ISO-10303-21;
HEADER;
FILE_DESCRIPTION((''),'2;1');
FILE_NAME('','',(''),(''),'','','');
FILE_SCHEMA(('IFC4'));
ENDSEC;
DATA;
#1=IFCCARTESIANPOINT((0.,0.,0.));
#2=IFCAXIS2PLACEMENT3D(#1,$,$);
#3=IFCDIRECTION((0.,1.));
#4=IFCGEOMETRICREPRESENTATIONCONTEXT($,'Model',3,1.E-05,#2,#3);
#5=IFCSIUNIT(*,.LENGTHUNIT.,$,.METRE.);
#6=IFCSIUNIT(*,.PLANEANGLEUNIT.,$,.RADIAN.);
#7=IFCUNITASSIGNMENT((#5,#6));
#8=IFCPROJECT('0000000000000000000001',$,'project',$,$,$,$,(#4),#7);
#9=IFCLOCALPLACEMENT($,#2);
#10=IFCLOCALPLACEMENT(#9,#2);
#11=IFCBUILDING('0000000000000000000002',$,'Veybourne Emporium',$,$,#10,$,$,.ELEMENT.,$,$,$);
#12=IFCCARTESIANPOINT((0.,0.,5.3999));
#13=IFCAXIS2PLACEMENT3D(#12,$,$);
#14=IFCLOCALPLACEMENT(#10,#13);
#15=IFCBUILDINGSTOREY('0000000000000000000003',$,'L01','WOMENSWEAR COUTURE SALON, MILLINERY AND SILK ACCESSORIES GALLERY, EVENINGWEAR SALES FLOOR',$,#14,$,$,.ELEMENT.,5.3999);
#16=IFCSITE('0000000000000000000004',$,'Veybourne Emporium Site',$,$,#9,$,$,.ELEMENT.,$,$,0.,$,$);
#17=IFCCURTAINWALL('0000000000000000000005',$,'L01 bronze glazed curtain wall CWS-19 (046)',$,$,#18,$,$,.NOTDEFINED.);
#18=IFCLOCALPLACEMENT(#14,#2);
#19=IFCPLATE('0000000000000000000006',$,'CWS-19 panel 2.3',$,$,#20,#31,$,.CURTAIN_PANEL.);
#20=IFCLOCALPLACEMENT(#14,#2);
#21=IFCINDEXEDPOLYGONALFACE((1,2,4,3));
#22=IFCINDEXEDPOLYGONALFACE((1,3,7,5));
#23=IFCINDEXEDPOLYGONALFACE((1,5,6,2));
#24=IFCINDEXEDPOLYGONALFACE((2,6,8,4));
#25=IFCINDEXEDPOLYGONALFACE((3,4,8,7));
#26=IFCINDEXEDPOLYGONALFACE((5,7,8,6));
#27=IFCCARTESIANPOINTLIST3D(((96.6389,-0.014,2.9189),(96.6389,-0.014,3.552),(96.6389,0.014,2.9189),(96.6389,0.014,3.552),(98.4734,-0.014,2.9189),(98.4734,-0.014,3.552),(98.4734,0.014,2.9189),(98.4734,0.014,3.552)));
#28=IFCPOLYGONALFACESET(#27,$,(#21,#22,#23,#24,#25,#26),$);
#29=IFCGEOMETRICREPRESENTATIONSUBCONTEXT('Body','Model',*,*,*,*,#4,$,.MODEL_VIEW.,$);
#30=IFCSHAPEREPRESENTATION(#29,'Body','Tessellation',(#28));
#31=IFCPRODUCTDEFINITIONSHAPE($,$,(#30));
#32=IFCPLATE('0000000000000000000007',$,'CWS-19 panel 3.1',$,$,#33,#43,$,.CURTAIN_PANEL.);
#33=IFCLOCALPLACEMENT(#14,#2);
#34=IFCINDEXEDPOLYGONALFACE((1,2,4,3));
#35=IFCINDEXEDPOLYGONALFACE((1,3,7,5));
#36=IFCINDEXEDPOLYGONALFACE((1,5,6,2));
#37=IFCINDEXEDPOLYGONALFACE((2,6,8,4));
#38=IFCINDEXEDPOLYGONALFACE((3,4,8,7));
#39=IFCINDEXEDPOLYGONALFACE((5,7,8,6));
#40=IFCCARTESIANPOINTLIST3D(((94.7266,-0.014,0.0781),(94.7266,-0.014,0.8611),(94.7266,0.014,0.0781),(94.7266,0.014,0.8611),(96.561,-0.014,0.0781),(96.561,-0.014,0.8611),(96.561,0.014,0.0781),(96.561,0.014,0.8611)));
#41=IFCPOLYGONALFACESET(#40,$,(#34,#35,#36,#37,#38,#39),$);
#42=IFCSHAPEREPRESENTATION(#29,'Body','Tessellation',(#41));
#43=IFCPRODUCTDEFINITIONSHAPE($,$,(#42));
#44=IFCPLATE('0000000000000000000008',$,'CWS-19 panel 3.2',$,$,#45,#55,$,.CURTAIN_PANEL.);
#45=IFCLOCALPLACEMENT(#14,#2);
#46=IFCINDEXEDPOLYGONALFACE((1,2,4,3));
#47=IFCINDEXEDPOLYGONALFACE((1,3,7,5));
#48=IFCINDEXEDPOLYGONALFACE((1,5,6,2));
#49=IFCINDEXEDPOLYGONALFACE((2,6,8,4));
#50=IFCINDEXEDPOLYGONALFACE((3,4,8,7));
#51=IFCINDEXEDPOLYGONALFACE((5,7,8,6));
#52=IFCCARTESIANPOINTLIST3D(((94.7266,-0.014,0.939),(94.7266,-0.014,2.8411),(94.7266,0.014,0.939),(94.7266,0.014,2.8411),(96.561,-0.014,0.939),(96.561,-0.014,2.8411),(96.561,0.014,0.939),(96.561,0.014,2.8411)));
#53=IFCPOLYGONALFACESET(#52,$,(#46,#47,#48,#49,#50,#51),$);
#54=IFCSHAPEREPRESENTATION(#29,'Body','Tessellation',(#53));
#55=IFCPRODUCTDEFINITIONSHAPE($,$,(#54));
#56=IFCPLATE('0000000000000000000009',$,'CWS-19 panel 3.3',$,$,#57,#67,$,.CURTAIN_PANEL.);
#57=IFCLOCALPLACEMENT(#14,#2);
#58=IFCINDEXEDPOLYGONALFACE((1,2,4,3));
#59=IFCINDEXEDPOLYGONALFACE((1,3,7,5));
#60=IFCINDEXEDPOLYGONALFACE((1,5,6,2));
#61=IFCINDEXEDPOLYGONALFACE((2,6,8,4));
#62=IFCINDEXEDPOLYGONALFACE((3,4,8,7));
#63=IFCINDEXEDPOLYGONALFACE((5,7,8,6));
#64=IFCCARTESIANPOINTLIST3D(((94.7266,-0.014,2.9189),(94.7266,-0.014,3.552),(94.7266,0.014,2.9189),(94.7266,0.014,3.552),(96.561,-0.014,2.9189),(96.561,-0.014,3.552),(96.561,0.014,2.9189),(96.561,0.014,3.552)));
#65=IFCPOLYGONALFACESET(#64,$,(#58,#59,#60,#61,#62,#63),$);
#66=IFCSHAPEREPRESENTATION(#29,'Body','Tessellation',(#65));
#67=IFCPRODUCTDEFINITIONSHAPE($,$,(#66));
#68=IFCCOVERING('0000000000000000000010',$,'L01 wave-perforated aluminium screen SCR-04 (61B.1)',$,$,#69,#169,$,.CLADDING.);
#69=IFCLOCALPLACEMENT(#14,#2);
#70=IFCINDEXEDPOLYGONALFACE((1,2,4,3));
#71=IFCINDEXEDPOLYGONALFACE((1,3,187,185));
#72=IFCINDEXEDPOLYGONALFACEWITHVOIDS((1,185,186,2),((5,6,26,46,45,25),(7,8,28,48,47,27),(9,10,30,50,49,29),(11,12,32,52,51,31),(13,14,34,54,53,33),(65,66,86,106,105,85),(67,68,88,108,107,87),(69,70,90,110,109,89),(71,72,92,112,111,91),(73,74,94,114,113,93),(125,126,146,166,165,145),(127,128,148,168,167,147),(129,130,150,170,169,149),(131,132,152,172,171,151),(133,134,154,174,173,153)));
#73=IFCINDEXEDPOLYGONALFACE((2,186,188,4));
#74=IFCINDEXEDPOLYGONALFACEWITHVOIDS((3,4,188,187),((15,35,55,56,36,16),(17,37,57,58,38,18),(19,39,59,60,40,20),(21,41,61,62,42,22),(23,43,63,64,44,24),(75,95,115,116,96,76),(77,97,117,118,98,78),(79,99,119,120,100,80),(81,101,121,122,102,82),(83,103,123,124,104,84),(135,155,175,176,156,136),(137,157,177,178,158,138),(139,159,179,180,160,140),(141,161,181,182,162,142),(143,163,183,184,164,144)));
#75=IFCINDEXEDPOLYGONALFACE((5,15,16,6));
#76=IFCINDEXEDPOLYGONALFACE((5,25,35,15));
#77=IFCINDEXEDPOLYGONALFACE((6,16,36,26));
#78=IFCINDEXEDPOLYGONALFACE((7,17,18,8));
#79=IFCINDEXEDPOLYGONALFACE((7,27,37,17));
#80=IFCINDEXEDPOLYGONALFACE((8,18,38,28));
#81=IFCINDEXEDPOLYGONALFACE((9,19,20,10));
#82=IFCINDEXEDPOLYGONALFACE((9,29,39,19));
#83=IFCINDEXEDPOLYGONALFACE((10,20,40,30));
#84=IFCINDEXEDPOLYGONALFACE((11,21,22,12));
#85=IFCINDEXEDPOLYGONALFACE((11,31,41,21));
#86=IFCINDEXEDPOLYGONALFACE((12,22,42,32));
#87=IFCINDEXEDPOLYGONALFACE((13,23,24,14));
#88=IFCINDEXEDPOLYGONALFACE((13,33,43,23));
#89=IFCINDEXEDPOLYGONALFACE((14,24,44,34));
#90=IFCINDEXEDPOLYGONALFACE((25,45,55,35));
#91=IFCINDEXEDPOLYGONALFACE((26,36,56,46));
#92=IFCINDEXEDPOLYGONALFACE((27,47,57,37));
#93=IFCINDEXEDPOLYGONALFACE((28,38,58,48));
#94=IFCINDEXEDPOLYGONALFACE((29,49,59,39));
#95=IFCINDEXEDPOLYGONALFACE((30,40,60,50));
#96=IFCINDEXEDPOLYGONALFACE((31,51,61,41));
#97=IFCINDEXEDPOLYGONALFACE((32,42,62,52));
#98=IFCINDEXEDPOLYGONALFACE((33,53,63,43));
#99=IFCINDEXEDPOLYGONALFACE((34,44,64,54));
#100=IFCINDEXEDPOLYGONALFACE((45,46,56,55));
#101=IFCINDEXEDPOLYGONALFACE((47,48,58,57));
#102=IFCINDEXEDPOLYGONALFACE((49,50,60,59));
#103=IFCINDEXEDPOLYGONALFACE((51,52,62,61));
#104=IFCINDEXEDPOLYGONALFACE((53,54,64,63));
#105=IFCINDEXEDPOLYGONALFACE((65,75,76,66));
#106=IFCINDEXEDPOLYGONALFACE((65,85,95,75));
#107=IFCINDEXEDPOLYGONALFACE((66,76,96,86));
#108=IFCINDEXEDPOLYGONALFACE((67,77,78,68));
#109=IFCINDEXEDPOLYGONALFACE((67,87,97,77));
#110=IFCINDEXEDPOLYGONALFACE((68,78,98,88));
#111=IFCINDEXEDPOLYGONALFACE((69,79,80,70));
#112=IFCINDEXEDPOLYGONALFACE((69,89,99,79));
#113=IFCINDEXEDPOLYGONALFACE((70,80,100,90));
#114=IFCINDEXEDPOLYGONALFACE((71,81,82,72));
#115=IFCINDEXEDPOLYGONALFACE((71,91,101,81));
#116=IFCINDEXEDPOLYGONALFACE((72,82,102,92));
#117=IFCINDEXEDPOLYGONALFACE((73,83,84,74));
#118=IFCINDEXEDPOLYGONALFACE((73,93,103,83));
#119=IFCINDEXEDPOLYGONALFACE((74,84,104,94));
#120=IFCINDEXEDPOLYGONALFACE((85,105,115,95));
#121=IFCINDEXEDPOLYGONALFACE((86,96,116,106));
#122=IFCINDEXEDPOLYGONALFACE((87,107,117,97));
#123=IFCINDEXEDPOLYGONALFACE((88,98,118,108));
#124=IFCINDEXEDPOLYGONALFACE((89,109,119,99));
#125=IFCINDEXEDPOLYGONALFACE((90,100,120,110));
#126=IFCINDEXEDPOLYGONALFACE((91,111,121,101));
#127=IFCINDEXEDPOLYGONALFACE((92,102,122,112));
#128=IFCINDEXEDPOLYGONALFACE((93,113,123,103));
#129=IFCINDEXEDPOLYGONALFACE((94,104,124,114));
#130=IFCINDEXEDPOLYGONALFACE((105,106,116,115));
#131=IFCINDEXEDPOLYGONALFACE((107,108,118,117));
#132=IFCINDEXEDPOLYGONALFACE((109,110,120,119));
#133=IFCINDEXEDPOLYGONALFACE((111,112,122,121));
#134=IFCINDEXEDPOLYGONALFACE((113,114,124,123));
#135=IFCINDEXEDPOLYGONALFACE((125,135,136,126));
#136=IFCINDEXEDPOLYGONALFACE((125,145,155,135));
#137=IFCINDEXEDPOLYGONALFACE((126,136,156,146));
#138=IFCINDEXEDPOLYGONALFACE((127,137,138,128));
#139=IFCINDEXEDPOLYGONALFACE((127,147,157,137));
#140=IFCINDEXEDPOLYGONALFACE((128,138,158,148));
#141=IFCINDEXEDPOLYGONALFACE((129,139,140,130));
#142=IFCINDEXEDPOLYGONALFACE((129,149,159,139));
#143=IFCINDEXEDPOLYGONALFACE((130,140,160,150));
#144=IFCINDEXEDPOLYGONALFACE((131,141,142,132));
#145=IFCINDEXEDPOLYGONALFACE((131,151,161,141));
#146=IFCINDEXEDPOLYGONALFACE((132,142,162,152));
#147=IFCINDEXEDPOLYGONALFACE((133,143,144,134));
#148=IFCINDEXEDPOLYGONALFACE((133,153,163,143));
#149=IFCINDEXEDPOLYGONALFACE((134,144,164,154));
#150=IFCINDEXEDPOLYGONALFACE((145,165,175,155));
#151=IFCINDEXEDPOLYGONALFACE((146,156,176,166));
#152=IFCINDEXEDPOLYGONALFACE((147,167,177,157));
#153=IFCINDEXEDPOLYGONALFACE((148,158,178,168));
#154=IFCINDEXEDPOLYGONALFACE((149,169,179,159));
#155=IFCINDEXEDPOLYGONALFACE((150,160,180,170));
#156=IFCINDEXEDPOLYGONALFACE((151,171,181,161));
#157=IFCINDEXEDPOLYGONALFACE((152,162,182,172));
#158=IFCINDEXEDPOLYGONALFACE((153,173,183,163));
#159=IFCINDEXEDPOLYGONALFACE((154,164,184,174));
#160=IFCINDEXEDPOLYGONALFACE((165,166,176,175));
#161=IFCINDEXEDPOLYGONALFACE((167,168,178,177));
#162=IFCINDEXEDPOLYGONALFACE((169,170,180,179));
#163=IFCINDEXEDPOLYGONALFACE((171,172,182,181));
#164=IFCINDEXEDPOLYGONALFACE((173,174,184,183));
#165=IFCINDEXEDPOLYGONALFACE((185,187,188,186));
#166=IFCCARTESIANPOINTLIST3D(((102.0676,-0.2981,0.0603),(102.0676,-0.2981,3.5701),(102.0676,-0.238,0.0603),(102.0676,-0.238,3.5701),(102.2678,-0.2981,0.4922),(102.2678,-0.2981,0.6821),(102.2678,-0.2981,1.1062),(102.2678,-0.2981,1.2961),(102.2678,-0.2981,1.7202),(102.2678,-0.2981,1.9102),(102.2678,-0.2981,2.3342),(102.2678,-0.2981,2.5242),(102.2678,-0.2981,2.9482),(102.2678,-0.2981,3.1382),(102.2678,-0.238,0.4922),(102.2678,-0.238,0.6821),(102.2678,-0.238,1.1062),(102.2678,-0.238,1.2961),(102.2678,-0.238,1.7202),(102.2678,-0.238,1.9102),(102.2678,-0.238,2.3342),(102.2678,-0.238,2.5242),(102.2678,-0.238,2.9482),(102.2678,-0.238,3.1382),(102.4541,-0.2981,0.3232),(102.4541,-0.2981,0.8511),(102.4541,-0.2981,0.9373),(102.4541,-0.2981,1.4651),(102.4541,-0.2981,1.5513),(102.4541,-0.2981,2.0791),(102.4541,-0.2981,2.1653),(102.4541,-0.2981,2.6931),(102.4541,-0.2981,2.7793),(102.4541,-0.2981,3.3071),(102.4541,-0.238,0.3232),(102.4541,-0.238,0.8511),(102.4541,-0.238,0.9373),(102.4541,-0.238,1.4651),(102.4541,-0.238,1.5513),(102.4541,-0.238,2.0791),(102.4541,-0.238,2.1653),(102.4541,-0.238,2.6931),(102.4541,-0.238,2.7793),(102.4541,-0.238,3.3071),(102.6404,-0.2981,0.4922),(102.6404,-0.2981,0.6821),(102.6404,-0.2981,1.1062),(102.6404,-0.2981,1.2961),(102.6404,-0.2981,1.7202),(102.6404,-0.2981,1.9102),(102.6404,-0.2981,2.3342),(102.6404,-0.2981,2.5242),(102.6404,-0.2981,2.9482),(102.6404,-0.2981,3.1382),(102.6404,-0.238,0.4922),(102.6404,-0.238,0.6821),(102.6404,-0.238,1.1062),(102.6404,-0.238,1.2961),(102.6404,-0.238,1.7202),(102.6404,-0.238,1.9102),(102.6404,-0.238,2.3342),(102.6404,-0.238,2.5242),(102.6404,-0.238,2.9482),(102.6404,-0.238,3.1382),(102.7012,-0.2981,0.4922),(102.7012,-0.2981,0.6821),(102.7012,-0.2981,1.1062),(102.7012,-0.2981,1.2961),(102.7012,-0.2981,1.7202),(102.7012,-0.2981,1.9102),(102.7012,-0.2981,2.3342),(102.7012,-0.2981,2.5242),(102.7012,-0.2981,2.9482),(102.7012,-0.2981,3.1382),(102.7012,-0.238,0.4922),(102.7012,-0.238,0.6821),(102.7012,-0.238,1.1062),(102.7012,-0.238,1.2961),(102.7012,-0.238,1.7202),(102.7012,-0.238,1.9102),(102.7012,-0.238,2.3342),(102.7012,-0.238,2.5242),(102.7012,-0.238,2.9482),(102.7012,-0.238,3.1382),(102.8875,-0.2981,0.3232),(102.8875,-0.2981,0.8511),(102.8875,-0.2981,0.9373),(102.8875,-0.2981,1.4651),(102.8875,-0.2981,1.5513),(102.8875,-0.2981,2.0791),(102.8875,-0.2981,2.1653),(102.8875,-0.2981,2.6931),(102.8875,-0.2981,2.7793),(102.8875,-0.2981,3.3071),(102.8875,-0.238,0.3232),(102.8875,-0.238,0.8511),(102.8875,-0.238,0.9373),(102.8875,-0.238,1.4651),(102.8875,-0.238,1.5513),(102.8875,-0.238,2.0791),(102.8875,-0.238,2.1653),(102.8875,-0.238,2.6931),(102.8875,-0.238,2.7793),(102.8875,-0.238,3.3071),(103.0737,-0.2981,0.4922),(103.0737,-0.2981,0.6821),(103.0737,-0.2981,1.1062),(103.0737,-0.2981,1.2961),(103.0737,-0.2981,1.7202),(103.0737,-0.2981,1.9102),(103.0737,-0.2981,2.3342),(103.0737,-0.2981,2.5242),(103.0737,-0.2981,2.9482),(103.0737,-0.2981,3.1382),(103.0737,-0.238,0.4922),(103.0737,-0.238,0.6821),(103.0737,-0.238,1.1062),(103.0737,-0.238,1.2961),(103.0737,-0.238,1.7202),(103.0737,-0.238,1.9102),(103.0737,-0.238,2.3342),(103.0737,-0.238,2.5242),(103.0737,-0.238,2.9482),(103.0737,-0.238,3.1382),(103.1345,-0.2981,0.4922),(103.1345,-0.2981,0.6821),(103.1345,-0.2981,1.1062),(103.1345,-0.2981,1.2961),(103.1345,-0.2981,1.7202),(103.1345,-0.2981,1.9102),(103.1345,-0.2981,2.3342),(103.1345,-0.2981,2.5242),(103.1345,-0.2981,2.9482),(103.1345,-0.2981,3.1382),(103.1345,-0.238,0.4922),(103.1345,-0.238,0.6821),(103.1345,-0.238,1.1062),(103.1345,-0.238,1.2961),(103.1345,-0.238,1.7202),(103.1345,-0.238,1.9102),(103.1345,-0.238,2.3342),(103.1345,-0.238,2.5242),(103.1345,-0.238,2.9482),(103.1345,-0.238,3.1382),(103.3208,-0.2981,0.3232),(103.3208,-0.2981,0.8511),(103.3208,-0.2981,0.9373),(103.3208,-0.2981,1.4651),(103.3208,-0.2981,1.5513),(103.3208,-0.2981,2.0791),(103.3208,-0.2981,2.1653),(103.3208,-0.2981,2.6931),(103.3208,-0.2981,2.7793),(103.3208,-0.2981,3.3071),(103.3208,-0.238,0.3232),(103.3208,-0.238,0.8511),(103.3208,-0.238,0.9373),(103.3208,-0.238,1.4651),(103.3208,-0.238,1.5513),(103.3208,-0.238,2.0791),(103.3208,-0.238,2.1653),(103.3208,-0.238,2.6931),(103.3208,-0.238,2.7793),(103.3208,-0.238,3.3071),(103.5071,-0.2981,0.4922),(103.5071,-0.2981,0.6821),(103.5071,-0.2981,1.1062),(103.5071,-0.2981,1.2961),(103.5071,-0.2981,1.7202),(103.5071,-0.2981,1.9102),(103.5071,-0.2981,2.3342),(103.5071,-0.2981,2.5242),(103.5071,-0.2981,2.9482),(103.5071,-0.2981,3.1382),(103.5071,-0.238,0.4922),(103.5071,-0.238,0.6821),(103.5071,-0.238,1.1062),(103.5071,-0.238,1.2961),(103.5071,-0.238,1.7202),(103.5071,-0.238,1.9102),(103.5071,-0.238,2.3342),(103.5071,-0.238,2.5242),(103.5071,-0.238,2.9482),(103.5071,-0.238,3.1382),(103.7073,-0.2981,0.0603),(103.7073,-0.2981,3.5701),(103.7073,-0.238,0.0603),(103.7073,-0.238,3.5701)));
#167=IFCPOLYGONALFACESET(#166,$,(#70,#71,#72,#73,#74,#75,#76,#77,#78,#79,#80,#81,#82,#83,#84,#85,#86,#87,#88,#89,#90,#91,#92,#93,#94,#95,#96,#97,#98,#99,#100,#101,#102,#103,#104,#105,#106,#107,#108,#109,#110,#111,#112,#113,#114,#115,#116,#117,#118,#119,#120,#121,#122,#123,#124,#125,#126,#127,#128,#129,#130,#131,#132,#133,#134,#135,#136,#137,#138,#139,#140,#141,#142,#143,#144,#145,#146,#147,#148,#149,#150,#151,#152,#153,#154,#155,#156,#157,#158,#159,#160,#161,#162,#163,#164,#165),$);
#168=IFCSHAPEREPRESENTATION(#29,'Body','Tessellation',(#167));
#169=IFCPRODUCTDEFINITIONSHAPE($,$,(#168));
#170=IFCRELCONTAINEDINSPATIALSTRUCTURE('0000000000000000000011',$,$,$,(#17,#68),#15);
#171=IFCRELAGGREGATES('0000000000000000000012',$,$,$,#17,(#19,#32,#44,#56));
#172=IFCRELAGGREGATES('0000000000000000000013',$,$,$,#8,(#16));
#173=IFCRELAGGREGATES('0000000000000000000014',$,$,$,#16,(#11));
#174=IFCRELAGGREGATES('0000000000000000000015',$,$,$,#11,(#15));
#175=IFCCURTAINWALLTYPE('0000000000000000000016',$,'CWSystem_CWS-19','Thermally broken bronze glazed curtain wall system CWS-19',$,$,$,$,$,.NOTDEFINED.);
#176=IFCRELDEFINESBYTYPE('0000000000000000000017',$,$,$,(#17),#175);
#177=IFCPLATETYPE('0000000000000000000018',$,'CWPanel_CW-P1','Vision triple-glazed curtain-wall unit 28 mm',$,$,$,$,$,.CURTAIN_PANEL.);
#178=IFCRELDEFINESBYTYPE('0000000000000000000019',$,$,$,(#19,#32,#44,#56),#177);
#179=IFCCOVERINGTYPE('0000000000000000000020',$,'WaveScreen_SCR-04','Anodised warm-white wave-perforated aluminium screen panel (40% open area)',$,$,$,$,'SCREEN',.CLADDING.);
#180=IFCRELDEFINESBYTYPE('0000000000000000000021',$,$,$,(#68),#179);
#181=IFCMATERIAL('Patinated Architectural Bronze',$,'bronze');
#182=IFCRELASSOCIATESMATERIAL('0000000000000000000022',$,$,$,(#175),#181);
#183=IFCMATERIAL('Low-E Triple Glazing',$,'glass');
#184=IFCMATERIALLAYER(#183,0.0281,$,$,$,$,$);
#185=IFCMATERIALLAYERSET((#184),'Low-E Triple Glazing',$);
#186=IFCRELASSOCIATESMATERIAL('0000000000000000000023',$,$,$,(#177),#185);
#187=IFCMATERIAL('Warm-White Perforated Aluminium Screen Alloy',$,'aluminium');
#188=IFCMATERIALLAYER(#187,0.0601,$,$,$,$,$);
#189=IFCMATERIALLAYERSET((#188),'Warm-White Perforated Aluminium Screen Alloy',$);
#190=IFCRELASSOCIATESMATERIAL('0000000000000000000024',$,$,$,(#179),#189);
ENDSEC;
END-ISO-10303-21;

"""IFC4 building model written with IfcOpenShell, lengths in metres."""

from ifc_helpers import new_model, si_unit, direction, frame, origin, origin_2d, place, context, subcontext, project, spatial, polyline, rectangle, outline, extrude, material, layer, layer_set, type_object, element, aggregate, save


model = new_model("IFC4")

# Units and contexts
model_context = context("Model", 3, precision=1e-05, world=origin(), true_north=direction((0.0, 1.0)))
body_context = subcontext(model_context, "Body", "Model", "MODEL_VIEW")
ifc_project = project(units=[si_unit("LENGTHUNIT", "METRE"), si_unit("PLANEANGLEUNIT", "RADIAN")], contexts=[model_context])

# Site, building, storey
site_placement = place(None, origin())
site = spatial("IfcSite", under=ifc_project, at=site_placement, Name="Veybourne Emporium Site", CompositionType="ELEMENT", RefElevation=0.0)
building_placement = place(site_placement, origin())
building = spatial("IfcBuilding", under=site, at=building_placement, Name="Veybourne Emporium", CompositionType="ELEMENT")
storey_placement = place(building_placement, frame((0.0, 0.0, 5.3999)))
storey = spatial("IfcBuildingStorey", under=building, at=storey_placement, Name="L01", Description="WOMENSWEAR COUTURE SALON, MILLINERY AND SILK ACCESSORIES GALLERY, EVENINGWEAR SALES FLOOR", CompositionType="ELEMENT", Elevation=5.3999)

# Curtain wall, plates
ifc_material_1 = material(Name="Patinated Architectural Bronze", Category="bronze")
curtain_wall_type = type_object("IfcCurtainWallType", Name="CWSystem_CWS-19", Description="Thermally broken bronze glazed curtain wall system CWS-19", PredefinedType="NOTDEFINED", material=ifc_material_1)
curtain_wall_placement = place(storey_placement, origin())
curtain_wall = element("IfcCurtainWall", 1, at=curtain_wall_placement, inside=storey, type_object=curtain_wall_type, Name="L01 bronze glazed curtain wall CWS-19 (046)", PredefinedType="NOTDEFINED")
ifc_material_2 = material(Name="Low-E Triple Glazing", Category="glass")
ifc_layer_1 = layer(ifc_material_2, 0.0281)
ifc_layer_set_1 = layer_set([ifc_layer_1], Name="Low-E Triple Glazing")
plate_type = type_object("IfcPlateType", Name="CWPanel_CW-P1", Description="Vision triple-glazed curtain-wall unit 28 mm", PredefinedType="CURTAIN_PANEL", material=ifc_layer_set_1)
plate_1_placement = place(storey_placement, frame((97.5562, 0.0, 2.9189), z_axis=(0.0, 0.0, 1.0), x_axis=(-1.0, 0.0, 0.0)))
plate_1 = element("IfcPlate", 2, at=plate_1_placement, type_object=plate_type, Name="CWS-19 panel 2.3", PredefinedType="CURTAIN_PANEL", context=body_context, shape_type="SweptSolid", body=[
    extrude(rectangle(XDim=1.8345, YDim=0.0281, at=origin_2d()), origin(), (0.0, 0.0, 1.0), 0.6331),
])
plate_2_placement = place(storey_placement, frame((95.6438, 0.0, 0.0781), z_axis=(0.0, 0.0, 1.0), x_axis=(-1.0, 0.0, 0.0)))
plate_2 = element("IfcPlate", 3, at=plate_2_placement, type_object=plate_type, Name="CWS-19 panel 3.1", PredefinedType="CURTAIN_PANEL", context=body_context, shape_type="SweptSolid", body=[
    extrude(rectangle(XDim=1.8345, YDim=0.0281, at=origin_2d()), origin(), (0.0, 0.0, 1.0), 0.783),
])
plate_3_placement = place(storey_placement, frame((95.6438, 0.0, 0.939), z_axis=(0.0, 0.0, 1.0), x_axis=(-1.0, 0.0, 0.0)))
plate_3 = element("IfcPlate", 4, at=plate_3_placement, type_object=plate_type, Name="CWS-19 panel 3.2", PredefinedType="CURTAIN_PANEL", context=body_context, shape_type="SweptSolid", body=[
    extrude(rectangle(XDim=1.8345, YDim=0.0281, at=origin_2d()), origin(), (0.0, 0.0, 1.0), 1.9021),
])
plate_4_placement = place(storey_placement, frame((95.6438, 0.0, 2.9189), z_axis=(0.0, 0.0, 1.0), x_axis=(-1.0, 0.0, 0.0)))
plate_4 = element("IfcPlate", 5, at=plate_4_placement, type_object=plate_type, Name="CWS-19 panel 3.3", PredefinedType="CURTAIN_PANEL", context=body_context, shape_type="SweptSolid", body=[
    extrude(rectangle(XDim=1.8345, YDim=0.0281, at=origin_2d()), origin(), (0.0, 0.0, 1.0), 0.6331),
])
aggregate(curtain_wall, [plate_1, plate_2, plate_3, plate_4])

# Covering
ifc_material_3 = material(Name="Warm-White Perforated Aluminium Screen Alloy", Category="aluminium")
ifc_layer_2 = layer(ifc_material_3, 0.0601)
ifc_layer_set_2 = layer_set([ifc_layer_2], Name="Warm-White Perforated Aluminium Screen Alloy")
covering_type = type_object("IfcCoveringType", Name="WaveScreen_SCR-04", Description="Anodised warm-white wave-perforated aluminium screen panel (40% open area)", ElementType="SCREEN", PredefinedType="CLADDING", material=ifc_layer_set_2)
covering_placement = place(storey_placement, frame((102.8875, -0.2981, 1.8152), z_axis=(0.0, 1.0, 0.0), x_axis=(-1.0, 0.0, 0.0)))
element("IfcCovering", 6, at=covering_placement, inside=storey, type_object=covering_type, Name="L01 wave-perforated aluminium screen SCR-04 (61B.1)", PredefinedType="CLADDING", context=body_context, shape_type="SweptSolid", body=[
    extrude(outline(polyline([(-0.8198, -1.7549), (0.8198, -1.7549), (0.8198, 1.7549), (-0.8198, 1.7549), (-0.8198, -1.7549)]), holes=[polyline([(-0.4333, -0.9641), (-0.2471, -1.1331), (-0.2471, -1.323), (-0.4333, -1.4919), (-0.6196, -1.323), (-0.6196, -1.1331), (-0.4333, -0.9641)]), polyline([(-0.4333, -0.3501), (-0.2471, -0.519), (-0.2471, -0.709), (-0.4333, -0.8779), (-0.6196, -0.709), (-0.6196, -0.519), (-0.4333, -0.3501)]), polyline([(-0.4333, 0.2639), (-0.2471, 0.095), (-0.2471, -0.095), (-0.4333, -0.2639), (-0.6196, -0.095), (-0.6196, 0.095), (-0.4333, 0.2639)]), polyline([(-0.4333, 0.8779), (-0.2471, 0.709), (-0.2471, 0.519), (-0.4333, 0.3501), (-0.6196, 0.519), (-0.6196, 0.709), (-0.4333, 0.8779)]), polyline([(-0.4333, 1.4919), (-0.2471, 1.323), (-0.2471, 1.1331), (-0.4333, 0.9641), (-0.6196, 1.1331), (-0.6196, 1.323), (-0.4333, 1.4919)]), polyline([(0.0, -0.9641), (0.1863, -1.1331), (0.1863, -1.323), (0.0, -1.4919), (-0.1863, -1.323), (-0.1863, -1.1331), (0.0, -0.9641)]), polyline([(0.0, -0.3501), (0.1863, -0.519), (0.1863, -0.709), (0.0, -0.8779), (-0.1863, -0.709), (-0.1863, -0.519), (0.0, -0.3501)]), polyline([(0.0, 0.2639), (0.1863, 0.095), (0.1863, -0.095), (0.0, -0.2639), (-0.1863, -0.095), (-0.1863, 0.095), (0.0, 0.2639)]), polyline([(0.0, 0.8779), (0.1863, 0.709), (0.1863, 0.519), (0.0, 0.3501), (-0.1863, 0.519), (-0.1863, 0.709), (0.0, 0.8779)]), polyline([(0.0, 1.4919), (0.1863, 1.323), (0.1863, 1.1331), (0.0, 0.9641), (-0.1863, 1.1331), (-0.1863, 1.323), (0.0, 1.4919)]), polyline([(0.4333, -0.9641), (0.6196, -1.1331), (0.6196, -1.323), (0.4333, -1.4919), (0.2471, -1.323), (0.2471, -1.1331), (0.4333, -0.9641)]), polyline([(0.4333, -0.3501), (0.6196, -0.519), (0.6196, -0.709), (0.4333, -0.8779), (0.2471, -0.709), (0.2471, -0.519), (0.4333, -0.3501)]), polyline([(0.4333, 0.2639), (0.6196, 0.095), (0.6196, -0.095), (0.4333, -0.2639), (0.2471, -0.095), (0.2471, 0.095), (0.4333, 0.2639)]), polyline([(0.4333, 0.8779), (0.6196, 0.709), (0.6196, 0.519), (0.4333, 0.3501), (0.2471, 0.519), (0.2471, 0.709), (0.4333, 0.8779)]), polyline([(0.4333, 1.4919), (0.6196, 1.323), (0.6196, 1.1331), (0.4333, 0.9641), (0.2471, 1.1331), (0.2471, 1.323), (0.4333, 1.4919)])]), origin(), (0.0, 0.0, 1.0), 0.0601),
])

save(model, "model.ifc")
